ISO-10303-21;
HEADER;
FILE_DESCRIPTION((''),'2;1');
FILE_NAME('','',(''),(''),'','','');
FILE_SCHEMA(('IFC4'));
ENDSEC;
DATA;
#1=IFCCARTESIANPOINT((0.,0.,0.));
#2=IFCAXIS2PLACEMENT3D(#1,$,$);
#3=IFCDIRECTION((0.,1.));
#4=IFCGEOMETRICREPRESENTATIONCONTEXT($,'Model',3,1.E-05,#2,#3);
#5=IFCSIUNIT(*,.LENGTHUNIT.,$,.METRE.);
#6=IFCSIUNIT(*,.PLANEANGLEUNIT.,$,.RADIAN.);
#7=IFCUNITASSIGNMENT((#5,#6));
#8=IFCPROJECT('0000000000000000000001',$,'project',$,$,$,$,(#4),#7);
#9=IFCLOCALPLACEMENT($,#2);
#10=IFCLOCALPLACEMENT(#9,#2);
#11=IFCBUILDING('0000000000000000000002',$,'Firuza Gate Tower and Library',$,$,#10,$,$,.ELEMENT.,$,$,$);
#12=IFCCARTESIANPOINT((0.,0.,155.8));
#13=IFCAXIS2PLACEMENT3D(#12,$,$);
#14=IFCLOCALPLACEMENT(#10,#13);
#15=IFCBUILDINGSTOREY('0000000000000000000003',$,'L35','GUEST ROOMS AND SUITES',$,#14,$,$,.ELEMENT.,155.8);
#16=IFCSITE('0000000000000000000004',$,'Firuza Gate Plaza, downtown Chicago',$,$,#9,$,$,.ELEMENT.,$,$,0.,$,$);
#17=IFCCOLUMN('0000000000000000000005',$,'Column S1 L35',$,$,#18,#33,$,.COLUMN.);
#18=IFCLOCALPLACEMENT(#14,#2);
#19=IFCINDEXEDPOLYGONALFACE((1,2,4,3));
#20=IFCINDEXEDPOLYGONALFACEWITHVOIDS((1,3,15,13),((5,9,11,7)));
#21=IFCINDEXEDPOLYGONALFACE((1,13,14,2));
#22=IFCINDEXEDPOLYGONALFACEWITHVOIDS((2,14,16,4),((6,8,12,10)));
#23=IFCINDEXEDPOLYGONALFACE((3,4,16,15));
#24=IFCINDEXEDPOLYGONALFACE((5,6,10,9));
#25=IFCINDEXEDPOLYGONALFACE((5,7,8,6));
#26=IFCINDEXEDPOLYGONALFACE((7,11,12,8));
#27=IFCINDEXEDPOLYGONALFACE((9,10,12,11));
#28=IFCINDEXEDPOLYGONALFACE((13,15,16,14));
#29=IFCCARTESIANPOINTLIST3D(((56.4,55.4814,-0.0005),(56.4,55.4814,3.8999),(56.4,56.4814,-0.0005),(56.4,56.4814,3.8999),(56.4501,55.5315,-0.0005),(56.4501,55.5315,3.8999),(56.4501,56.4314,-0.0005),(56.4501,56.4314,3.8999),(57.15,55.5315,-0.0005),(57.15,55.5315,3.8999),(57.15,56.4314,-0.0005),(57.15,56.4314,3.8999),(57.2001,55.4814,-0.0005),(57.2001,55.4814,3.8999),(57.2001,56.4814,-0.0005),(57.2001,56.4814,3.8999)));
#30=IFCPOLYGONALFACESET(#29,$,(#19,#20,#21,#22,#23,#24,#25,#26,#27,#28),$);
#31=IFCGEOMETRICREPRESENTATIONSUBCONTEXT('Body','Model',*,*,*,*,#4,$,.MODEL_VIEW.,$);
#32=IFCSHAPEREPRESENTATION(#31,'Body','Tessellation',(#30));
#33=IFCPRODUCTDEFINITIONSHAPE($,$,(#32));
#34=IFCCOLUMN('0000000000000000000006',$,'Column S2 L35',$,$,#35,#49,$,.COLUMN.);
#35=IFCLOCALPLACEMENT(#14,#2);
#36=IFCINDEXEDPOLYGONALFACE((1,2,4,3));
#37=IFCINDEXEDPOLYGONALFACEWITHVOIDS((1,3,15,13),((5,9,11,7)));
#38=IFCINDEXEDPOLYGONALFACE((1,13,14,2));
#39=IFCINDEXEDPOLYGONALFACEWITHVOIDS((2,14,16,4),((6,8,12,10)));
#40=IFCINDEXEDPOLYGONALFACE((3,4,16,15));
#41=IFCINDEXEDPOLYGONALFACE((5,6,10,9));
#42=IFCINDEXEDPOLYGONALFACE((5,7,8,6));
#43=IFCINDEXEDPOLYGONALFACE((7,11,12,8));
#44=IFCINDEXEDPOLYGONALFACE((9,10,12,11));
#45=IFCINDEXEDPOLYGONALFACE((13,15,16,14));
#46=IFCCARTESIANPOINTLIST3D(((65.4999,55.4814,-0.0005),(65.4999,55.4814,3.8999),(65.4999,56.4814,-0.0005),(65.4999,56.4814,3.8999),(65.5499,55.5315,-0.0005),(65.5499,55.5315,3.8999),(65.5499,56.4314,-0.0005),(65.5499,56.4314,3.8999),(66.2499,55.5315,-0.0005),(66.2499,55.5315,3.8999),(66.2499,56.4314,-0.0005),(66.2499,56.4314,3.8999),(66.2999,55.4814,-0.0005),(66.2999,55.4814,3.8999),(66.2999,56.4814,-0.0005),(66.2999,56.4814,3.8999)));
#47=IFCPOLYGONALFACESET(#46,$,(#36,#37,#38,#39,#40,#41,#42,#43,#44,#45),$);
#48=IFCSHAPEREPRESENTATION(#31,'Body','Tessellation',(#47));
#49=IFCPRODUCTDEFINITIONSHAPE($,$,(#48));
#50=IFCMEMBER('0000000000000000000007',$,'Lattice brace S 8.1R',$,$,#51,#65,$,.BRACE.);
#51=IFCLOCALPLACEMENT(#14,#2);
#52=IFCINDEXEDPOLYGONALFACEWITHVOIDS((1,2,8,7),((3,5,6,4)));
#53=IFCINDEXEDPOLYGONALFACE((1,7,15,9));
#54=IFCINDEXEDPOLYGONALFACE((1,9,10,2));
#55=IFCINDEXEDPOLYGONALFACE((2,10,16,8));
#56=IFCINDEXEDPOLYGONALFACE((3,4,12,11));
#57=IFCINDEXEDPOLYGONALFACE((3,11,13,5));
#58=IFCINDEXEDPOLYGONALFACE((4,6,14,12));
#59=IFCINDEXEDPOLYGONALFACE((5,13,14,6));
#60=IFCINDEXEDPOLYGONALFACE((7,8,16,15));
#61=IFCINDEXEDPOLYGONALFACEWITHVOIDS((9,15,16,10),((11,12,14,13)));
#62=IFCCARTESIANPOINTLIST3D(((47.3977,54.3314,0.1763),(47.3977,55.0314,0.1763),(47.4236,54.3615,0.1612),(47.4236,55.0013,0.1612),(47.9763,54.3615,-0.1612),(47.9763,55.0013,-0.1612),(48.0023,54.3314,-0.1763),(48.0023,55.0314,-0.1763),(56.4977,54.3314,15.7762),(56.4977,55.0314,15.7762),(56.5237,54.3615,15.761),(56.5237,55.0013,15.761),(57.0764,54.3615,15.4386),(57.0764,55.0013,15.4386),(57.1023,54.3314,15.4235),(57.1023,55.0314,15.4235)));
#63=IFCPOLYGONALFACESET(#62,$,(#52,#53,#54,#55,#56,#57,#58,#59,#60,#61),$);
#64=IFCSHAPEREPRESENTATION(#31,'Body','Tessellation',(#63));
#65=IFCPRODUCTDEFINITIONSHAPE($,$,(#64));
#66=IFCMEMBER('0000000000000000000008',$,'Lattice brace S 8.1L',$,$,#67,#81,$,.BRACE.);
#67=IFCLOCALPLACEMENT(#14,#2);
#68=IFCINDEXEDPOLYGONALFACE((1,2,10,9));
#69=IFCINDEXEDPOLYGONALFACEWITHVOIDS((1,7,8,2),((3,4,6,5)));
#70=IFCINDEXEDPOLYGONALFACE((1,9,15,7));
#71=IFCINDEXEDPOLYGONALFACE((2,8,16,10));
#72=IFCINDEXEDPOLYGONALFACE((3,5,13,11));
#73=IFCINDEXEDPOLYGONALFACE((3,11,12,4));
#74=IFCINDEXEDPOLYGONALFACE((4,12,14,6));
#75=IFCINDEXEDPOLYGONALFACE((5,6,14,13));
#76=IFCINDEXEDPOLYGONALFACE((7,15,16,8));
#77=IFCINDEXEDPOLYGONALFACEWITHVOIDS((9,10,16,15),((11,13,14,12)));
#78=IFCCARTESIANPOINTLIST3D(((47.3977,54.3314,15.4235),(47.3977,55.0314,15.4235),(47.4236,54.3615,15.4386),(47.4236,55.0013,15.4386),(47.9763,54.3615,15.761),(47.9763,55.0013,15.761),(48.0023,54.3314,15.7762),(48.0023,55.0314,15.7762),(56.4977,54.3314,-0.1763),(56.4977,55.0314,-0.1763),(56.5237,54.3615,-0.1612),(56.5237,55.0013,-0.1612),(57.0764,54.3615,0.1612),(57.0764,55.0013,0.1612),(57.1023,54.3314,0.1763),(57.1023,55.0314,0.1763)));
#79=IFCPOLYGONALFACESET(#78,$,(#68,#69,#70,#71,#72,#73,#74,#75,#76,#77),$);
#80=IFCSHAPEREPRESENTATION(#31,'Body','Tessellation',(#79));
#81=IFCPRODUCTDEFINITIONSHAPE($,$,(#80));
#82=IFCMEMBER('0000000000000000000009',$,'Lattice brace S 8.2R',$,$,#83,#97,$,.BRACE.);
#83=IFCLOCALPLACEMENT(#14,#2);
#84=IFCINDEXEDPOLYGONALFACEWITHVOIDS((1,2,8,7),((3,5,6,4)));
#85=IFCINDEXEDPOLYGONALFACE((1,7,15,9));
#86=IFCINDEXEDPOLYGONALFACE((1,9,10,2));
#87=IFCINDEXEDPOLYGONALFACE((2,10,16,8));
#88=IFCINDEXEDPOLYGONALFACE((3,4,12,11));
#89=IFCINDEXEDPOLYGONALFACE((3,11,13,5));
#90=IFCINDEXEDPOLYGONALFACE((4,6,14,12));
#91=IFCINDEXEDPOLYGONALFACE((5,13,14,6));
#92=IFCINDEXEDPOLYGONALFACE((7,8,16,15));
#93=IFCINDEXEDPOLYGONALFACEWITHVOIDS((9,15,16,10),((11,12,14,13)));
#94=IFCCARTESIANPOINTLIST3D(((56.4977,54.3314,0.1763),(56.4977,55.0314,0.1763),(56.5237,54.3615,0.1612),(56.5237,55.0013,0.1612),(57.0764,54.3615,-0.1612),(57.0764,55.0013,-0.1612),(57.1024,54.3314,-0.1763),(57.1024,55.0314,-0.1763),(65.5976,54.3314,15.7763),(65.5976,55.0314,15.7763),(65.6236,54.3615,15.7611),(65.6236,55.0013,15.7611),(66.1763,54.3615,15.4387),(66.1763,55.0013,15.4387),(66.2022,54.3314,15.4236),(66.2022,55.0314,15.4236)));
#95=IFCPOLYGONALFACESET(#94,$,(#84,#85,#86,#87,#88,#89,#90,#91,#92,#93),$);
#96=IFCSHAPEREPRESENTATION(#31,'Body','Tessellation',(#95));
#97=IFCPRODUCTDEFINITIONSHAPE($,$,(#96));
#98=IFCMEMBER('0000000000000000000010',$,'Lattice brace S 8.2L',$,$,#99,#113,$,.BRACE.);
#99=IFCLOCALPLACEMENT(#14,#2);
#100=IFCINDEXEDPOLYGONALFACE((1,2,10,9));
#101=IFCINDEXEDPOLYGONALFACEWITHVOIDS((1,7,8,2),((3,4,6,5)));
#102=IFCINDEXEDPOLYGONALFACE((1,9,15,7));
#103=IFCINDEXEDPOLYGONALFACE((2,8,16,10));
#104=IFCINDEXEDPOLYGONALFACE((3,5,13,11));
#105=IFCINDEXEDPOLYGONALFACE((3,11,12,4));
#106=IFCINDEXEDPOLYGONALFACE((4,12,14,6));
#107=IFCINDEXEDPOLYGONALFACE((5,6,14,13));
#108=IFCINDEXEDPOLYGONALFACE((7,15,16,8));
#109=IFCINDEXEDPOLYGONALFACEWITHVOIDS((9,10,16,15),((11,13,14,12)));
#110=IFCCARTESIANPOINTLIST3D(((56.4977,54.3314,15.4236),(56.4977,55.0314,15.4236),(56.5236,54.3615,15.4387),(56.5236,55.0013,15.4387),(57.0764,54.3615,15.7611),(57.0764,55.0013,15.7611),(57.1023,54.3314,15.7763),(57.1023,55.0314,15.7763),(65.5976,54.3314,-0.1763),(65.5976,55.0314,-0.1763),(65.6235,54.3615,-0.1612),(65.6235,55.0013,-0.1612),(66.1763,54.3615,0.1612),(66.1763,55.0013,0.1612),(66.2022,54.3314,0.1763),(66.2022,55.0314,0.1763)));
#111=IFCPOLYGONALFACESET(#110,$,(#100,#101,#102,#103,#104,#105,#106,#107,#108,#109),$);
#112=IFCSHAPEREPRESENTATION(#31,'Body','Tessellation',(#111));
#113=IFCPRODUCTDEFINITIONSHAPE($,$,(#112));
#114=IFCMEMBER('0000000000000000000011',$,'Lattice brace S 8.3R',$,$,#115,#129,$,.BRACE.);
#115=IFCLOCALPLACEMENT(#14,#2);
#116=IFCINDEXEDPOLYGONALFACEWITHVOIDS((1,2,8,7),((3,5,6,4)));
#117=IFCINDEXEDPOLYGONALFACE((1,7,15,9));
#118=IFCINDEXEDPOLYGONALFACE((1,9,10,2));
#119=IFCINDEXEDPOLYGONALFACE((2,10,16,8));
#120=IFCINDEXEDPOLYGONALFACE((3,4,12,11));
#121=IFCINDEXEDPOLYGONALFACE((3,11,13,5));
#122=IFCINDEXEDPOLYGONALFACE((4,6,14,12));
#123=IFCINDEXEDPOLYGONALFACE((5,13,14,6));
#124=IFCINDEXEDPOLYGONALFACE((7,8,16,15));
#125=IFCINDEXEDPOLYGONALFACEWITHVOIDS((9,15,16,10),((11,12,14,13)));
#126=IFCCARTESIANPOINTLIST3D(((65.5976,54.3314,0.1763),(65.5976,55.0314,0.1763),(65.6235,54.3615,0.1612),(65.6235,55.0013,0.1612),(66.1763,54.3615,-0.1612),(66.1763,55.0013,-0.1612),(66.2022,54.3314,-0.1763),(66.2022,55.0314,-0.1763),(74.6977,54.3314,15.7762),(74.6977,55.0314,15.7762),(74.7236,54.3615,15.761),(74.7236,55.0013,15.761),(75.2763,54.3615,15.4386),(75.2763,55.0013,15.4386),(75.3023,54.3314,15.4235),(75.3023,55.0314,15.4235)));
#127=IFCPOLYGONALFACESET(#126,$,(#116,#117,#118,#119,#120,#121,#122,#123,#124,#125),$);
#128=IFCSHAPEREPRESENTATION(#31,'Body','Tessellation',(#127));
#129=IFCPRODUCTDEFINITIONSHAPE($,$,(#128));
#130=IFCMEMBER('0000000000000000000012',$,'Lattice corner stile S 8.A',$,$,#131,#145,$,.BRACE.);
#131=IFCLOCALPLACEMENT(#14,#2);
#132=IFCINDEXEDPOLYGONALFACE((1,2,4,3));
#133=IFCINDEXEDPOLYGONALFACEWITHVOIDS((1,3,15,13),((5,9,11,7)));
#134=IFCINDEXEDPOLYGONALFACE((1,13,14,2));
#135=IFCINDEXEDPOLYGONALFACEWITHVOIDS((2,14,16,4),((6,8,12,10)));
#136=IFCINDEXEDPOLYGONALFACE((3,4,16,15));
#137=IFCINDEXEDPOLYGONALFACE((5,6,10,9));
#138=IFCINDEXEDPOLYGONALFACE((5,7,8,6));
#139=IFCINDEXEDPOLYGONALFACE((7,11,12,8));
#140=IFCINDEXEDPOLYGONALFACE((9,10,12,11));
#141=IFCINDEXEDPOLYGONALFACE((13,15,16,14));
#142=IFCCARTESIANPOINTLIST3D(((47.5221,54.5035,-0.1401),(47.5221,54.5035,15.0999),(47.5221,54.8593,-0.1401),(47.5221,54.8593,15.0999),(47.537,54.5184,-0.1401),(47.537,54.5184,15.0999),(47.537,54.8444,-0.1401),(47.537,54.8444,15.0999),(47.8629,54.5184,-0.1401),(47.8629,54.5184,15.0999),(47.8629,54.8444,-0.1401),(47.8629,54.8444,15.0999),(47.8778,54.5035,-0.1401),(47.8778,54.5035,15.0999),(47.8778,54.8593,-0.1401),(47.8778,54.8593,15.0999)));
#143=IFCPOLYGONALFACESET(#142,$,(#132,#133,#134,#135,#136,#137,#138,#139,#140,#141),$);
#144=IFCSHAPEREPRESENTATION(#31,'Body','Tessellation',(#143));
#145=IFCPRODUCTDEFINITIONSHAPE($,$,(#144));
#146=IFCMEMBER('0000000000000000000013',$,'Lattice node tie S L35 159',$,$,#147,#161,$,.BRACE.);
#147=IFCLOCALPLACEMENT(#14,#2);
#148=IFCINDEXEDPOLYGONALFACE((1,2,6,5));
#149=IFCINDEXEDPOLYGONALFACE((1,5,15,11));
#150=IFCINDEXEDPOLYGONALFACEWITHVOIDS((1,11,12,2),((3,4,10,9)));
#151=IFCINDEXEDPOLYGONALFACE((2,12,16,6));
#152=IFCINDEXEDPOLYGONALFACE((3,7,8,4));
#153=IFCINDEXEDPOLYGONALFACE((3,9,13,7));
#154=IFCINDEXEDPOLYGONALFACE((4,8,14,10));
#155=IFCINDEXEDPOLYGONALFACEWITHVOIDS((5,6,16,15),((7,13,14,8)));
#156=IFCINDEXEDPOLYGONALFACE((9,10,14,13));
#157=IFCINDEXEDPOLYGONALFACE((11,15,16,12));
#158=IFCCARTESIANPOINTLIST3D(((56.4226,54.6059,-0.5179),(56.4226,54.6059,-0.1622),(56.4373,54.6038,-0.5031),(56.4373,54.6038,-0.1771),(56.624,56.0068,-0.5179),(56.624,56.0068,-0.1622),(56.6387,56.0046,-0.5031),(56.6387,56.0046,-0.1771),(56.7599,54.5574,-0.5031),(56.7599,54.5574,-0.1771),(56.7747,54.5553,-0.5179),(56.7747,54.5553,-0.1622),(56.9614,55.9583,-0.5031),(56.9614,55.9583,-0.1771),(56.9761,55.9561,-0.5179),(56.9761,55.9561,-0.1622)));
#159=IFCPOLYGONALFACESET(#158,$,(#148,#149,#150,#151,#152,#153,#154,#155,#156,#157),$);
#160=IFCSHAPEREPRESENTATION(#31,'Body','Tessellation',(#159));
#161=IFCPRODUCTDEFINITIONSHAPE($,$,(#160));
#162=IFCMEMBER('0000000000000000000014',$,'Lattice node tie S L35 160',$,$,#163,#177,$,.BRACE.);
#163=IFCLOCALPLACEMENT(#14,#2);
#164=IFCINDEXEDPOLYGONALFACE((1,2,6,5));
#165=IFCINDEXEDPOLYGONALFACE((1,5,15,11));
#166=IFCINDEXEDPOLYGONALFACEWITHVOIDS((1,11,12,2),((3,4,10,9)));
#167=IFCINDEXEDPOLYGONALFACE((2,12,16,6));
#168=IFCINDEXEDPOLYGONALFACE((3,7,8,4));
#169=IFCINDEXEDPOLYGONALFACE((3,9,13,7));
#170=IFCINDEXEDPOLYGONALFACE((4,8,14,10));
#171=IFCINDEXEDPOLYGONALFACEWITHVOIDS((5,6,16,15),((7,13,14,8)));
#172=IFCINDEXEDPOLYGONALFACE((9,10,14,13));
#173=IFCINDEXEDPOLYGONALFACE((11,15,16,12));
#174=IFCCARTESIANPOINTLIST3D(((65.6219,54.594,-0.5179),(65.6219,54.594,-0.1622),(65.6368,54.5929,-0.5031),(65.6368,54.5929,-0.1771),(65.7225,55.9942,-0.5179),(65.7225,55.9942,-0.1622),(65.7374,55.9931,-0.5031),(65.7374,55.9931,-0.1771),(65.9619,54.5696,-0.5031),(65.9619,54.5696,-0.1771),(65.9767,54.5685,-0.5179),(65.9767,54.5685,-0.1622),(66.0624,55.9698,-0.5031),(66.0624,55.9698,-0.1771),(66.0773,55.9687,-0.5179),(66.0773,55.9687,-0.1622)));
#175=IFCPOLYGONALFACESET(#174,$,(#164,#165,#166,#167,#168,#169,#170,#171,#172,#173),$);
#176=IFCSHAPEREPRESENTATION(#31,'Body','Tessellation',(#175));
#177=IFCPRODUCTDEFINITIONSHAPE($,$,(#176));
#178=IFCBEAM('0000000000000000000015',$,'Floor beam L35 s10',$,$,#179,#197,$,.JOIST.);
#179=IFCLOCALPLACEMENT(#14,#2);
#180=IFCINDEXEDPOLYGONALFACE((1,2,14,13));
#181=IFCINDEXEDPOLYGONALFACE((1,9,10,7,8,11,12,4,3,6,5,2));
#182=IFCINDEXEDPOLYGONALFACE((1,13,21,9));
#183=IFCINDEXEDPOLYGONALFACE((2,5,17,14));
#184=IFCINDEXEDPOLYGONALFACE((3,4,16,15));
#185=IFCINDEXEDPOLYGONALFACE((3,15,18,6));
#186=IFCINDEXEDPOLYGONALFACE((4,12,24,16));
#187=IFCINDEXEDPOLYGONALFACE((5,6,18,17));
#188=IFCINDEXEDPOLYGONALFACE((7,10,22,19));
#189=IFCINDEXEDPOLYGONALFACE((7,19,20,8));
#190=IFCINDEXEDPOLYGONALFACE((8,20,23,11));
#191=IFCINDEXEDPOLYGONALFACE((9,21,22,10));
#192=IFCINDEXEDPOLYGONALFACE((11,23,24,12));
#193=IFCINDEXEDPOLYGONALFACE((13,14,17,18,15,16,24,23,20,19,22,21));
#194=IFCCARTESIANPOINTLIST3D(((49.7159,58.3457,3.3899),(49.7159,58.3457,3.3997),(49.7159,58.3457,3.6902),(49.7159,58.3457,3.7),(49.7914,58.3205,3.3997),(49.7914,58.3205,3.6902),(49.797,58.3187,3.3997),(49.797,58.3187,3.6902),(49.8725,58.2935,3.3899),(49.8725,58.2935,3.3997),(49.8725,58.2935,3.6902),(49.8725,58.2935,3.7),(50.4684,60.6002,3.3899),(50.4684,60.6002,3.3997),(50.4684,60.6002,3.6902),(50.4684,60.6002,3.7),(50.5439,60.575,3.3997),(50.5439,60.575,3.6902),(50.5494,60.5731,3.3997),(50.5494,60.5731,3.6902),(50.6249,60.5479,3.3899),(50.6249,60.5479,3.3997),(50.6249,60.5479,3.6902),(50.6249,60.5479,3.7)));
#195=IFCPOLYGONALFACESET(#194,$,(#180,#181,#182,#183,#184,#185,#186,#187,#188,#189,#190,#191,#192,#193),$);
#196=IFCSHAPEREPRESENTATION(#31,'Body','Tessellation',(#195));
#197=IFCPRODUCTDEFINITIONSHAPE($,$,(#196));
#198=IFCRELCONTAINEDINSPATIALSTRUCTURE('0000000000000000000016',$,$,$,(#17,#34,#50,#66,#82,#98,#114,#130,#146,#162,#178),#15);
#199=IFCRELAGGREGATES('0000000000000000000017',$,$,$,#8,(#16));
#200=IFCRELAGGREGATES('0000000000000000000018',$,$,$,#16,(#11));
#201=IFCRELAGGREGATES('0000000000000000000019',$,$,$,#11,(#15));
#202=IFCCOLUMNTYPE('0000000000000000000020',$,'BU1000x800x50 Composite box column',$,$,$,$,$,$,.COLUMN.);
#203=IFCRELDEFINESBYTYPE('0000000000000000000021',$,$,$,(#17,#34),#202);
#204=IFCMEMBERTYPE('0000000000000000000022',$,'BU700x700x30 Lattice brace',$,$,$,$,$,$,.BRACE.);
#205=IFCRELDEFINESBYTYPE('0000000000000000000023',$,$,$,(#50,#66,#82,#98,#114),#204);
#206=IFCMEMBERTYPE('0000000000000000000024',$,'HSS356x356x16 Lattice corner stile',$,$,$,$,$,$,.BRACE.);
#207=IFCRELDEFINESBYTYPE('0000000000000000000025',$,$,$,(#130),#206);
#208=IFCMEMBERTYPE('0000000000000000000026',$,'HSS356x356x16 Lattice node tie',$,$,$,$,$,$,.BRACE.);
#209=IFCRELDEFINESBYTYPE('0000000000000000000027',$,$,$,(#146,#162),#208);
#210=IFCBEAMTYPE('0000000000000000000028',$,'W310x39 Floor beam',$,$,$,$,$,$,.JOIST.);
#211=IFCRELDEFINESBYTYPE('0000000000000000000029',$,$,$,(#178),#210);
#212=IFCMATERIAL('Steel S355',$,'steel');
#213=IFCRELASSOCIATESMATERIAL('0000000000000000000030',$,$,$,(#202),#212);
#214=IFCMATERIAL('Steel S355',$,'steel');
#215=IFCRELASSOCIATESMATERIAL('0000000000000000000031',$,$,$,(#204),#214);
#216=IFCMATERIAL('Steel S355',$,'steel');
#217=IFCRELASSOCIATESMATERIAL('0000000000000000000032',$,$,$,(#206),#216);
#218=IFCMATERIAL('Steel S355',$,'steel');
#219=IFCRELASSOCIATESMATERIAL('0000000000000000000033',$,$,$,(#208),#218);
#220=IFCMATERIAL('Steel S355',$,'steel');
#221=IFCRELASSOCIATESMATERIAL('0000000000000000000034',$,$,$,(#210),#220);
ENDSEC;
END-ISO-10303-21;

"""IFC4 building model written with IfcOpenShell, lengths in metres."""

from ifc_helpers import new_model, si_unit, direction, frame, origin, origin_2d, place, context, subcontext, project, spatial, hollow_rectangle, i_section, extrude, material, material_profile, profile_set, type_object, element, save


model = new_model("IFC4")

# Units and contexts
model_context = context("Model", 3, precision=1e-05, world=origin(), true_north=direction((0.0, 1.0)))
body_context = subcontext(model_context, "Body", "Model", "MODEL_VIEW")
ifc_project = project(units=[si_unit("LENGTHUNIT", "METRE"), si_unit("PLANEANGLEUNIT", "RADIAN")], contexts=[model_context])

# Site, building, storey
site_placement = place(None, origin())
site = spatial("IfcSite", under=ifc_project, at=site_placement, Name="Firuza Gate Plaza, downtown Chicago", CompositionType="ELEMENT", RefElevation=0.0)
building_placement = place(site_placement, origin())
building = spatial("IfcBuilding", under=site, at=building_placement, Name="Firuza Gate Tower and Library", CompositionType="ELEMENT")
storey_placement = place(building_placement, frame((0.0, 0.0, 155.8)))
storey = spatial("IfcBuildingStorey", under=building, at=storey_placement, Name="L35", Description="GUEST ROOMS AND SUITES", CompositionType="ELEMENT", Elevation=155.8)

# Columns
ifc_material_1 = material(Name="Steel S355", Category="steel")
ifc_material_profile_1 = material_profile(ifc_material_1, hollow_rectangle(XDim=0.8, YDim=1.0, WallThickness=0.05, at=origin_2d()))
ifc_profile_set_1 = profile_set([ifc_material_profile_1], Name="Steel S355")
column_type = type_object("IfcColumnType", Name="BU1000x800x50 Composite box column", PredefinedType="COLUMN", material=ifc_profile_set_1)
for number, where, z_axis, x_axis, name in (
    (1, (56.8, 55.9814, -0.0005), (0.0, 0.0, 1.0), (1.0, 0.0, 0.0), "Column S1 L35"),
    (2, (65.8999, 55.9814, -0.0005), (0.0, 0.0, 1.0), (1.0, 0.0, 0.0), "Column S2 L35"),
):
    element("IfcColumn", number, at=place(storey_placement, frame(where, z_axis=z_axis, x_axis=x_axis)), inside=storey, type_object=column_type, Name=name, PredefinedType="COLUMN", context=body_context, shape_type="SweptSolid", body=[
        extrude(hollow_rectangle(XDim=0.8, YDim=1.0, WallThickness=0.05, at=origin_2d()), origin(), (0.0, 0.0, 1.0), 3.9004),
    ])

# Members
ifc_material_2 = material(Name="Steel S355", Category="steel")
ifc_material_profile_2 = material_profile(ifc_material_2, hollow_rectangle(XDim=0.7, YDim=0.7, WallThickness=0.03, at=origin_2d()))
ifc_profile_set_2 = profile_set([ifc_material_profile_2], Name="Steel S355")
member_type_1 = type_object("IfcMemberType", Name="BU700x700x30 Lattice brace", PredefinedType="BRACE", material=ifc_profile_set_2)
for number, where, z_axis, x_axis, name in (
    (3, (47.7, 54.6814, 0.0), (0.503879, 0.0, 0.863774), (0.0, 1.0, 0.0), "Lattice brace S 8.1R"),
    (4, (56.8, 54.6814, 0.0), (-0.503879, 0.0, 0.863774), (0.0, -1.0, 0.0), "Lattice brace S 8.1L"),
    (5, (56.8, 54.6814, 0.0), (0.503869, 0.0, 0.86378), (0.0, 1.0, 0.0), "Lattice brace S 8.2R"),
    (6, (65.8999, 54.6814, 0.0), (-0.503869, 0.0, 0.86378), (0.0, -1.0, 0.0), "Lattice brace S 8.2L"),
    (7, (65.8999, 54.6814, 0.0), (0.503879, 0.0, 0.863774), (0.0, 1.0, 0.0), "Lattice brace S 8.3R"),
):
    element("IfcMember", number, at=place(storey_placement, frame(where, z_axis=z_axis, x_axis=x_axis)), inside=storey, type_object=member_type_1, Name=name, PredefinedType="BRACE", context=body_context, shape_type="SweptSolid", body=[
        extrude(hollow_rectangle(XDim=0.7, YDim=0.7, WallThickness=0.03, at=origin_2d()), origin(), (0.0, 0.0, 1.0), 18.0601),
    ])
ifc_material_3 = material(Name="Steel S355", Category="steel")
ifc_material_profile_3 = material_profile(ifc_material_3, hollow_rectangle(XDim=0.3557, YDim=0.3557, WallThickness=0.0149, at=origin_2d()))
ifc_profile_set_3 = profile_set([ifc_material_profile_3], Name="Steel S355")
member_type_2 = type_object("IfcMemberType", Name="HSS356x356x16 Lattice corner stile", PredefinedType="BRACE", material=ifc_profile_set_3)
member_1_placement = place(storey_placement, frame((47.7, 54.6814, -0.1401), z_axis=(0.0, 0.0, 1.0), x_axis=(1.0, 0.0, 0.0)))
element("IfcMember", 8, at=member_1_placement, inside=storey, type_object=member_type_2, Name="Lattice corner stile S 8.A", PredefinedType="BRACE", context=body_context, shape_type="SweptSolid", body=[
    extrude(hollow_rectangle(XDim=0.3557, YDim=0.3557, WallThickness=0.0149, at=origin_2d()), origin(), (0.0, 0.0, 1.0), 15.24),
])
ifc_material_4 = material(Name="Steel S355", Category="steel")
ifc_material_profile_4 = material_profile(ifc_material_4, hollow_rectangle(XDim=0.3557, YDim=0.3557, WallThickness=0.0149, at=origin_2d()))
ifc_profile_set_4 = profile_set([ifc_material_profile_4], Name="Steel S355")
member_type_3 = type_object("IfcMemberType", Name="HSS356x356x16 Lattice node tie", PredefinedType="BRACE", material=ifc_profile_set_4)
member_2_placement = place(storey_placement, frame((56.8, 55.9814, -0.3401), z_axis=(-0.142315, -0.989821, 0.0), x_axis=(0.989821, -0.142315, 0.0)))
element("IfcMember", 9, at=member_2_placement, inside=storey, type_object=member_type_3, Name="Lattice node tie S L35 159", PredefinedType="BRACE", context=body_context, shape_type="SweptSolid", body=[
    extrude(hollow_rectangle(XDim=0.3557, YDim=0.3557, WallThickness=0.0149, at=origin_2d()), origin(), (0.0, 0.0, 1.0), 1.4153),
])
member_3_placement = place(storey_placement, frame((65.8999, 55.9814, -0.3401), z_axis=(-0.071655, -0.997429, 0.0), x_axis=(0.997429, -0.071655, 0.0)))
element("IfcMember", 10, at=member_3_placement, inside=storey, type_object=member_type_3, Name="Lattice node tie S L35 160", PredefinedType="BRACE", context=body_context, shape_type="SweptSolid", body=[
    extrude(hollow_rectangle(XDim=0.3557, YDim=0.3557, WallThickness=0.0149, at=origin_2d()), origin(), (0.0, 0.0, 1.0), 1.4038),
])

# Beam
ifc_material_5 = material(Name="Steel S355", Category="steel")
ifc_material_profile_5 = material_profile(ifc_material_5, i_section(OverallWidth=0.165, OverallDepth=0.3101, WebThickness=0.0059, FlangeThickness=0.0098, at=origin_2d()))
ifc_profile_set_5 = profile_set([ifc_material_profile_5], Name="Steel S355")
beam_type_1 = type_object("IfcBeamType", Name="W310x39 Floor beam", PredefinedType="JOIST", material=ifc_profile_set_5)
beam_1_placement = place(storey_placement, frame((49.7942, 58.3196, 3.5449), z_axis=(0.316598, 0.94856, 0.0), x_axis=(-0.94856, 0.316598, 0.0)))
element("IfcBeam", 11, at=beam_1_placement, inside=storey, type_object=beam_type_1, Name="Floor beam L35 s10", PredefinedType="JOIST", context=body_context, shape_type="SweptSolid", body=[
    extrude(i_section(OverallWidth=0.165, OverallDepth=0.3101, WebThickness=0.0059, FlangeThickness=0.0098, at=origin_2d()), origin(), (0.0, 0.0, 1.0), 2.3767),
])

save(model, "model.ifc")
